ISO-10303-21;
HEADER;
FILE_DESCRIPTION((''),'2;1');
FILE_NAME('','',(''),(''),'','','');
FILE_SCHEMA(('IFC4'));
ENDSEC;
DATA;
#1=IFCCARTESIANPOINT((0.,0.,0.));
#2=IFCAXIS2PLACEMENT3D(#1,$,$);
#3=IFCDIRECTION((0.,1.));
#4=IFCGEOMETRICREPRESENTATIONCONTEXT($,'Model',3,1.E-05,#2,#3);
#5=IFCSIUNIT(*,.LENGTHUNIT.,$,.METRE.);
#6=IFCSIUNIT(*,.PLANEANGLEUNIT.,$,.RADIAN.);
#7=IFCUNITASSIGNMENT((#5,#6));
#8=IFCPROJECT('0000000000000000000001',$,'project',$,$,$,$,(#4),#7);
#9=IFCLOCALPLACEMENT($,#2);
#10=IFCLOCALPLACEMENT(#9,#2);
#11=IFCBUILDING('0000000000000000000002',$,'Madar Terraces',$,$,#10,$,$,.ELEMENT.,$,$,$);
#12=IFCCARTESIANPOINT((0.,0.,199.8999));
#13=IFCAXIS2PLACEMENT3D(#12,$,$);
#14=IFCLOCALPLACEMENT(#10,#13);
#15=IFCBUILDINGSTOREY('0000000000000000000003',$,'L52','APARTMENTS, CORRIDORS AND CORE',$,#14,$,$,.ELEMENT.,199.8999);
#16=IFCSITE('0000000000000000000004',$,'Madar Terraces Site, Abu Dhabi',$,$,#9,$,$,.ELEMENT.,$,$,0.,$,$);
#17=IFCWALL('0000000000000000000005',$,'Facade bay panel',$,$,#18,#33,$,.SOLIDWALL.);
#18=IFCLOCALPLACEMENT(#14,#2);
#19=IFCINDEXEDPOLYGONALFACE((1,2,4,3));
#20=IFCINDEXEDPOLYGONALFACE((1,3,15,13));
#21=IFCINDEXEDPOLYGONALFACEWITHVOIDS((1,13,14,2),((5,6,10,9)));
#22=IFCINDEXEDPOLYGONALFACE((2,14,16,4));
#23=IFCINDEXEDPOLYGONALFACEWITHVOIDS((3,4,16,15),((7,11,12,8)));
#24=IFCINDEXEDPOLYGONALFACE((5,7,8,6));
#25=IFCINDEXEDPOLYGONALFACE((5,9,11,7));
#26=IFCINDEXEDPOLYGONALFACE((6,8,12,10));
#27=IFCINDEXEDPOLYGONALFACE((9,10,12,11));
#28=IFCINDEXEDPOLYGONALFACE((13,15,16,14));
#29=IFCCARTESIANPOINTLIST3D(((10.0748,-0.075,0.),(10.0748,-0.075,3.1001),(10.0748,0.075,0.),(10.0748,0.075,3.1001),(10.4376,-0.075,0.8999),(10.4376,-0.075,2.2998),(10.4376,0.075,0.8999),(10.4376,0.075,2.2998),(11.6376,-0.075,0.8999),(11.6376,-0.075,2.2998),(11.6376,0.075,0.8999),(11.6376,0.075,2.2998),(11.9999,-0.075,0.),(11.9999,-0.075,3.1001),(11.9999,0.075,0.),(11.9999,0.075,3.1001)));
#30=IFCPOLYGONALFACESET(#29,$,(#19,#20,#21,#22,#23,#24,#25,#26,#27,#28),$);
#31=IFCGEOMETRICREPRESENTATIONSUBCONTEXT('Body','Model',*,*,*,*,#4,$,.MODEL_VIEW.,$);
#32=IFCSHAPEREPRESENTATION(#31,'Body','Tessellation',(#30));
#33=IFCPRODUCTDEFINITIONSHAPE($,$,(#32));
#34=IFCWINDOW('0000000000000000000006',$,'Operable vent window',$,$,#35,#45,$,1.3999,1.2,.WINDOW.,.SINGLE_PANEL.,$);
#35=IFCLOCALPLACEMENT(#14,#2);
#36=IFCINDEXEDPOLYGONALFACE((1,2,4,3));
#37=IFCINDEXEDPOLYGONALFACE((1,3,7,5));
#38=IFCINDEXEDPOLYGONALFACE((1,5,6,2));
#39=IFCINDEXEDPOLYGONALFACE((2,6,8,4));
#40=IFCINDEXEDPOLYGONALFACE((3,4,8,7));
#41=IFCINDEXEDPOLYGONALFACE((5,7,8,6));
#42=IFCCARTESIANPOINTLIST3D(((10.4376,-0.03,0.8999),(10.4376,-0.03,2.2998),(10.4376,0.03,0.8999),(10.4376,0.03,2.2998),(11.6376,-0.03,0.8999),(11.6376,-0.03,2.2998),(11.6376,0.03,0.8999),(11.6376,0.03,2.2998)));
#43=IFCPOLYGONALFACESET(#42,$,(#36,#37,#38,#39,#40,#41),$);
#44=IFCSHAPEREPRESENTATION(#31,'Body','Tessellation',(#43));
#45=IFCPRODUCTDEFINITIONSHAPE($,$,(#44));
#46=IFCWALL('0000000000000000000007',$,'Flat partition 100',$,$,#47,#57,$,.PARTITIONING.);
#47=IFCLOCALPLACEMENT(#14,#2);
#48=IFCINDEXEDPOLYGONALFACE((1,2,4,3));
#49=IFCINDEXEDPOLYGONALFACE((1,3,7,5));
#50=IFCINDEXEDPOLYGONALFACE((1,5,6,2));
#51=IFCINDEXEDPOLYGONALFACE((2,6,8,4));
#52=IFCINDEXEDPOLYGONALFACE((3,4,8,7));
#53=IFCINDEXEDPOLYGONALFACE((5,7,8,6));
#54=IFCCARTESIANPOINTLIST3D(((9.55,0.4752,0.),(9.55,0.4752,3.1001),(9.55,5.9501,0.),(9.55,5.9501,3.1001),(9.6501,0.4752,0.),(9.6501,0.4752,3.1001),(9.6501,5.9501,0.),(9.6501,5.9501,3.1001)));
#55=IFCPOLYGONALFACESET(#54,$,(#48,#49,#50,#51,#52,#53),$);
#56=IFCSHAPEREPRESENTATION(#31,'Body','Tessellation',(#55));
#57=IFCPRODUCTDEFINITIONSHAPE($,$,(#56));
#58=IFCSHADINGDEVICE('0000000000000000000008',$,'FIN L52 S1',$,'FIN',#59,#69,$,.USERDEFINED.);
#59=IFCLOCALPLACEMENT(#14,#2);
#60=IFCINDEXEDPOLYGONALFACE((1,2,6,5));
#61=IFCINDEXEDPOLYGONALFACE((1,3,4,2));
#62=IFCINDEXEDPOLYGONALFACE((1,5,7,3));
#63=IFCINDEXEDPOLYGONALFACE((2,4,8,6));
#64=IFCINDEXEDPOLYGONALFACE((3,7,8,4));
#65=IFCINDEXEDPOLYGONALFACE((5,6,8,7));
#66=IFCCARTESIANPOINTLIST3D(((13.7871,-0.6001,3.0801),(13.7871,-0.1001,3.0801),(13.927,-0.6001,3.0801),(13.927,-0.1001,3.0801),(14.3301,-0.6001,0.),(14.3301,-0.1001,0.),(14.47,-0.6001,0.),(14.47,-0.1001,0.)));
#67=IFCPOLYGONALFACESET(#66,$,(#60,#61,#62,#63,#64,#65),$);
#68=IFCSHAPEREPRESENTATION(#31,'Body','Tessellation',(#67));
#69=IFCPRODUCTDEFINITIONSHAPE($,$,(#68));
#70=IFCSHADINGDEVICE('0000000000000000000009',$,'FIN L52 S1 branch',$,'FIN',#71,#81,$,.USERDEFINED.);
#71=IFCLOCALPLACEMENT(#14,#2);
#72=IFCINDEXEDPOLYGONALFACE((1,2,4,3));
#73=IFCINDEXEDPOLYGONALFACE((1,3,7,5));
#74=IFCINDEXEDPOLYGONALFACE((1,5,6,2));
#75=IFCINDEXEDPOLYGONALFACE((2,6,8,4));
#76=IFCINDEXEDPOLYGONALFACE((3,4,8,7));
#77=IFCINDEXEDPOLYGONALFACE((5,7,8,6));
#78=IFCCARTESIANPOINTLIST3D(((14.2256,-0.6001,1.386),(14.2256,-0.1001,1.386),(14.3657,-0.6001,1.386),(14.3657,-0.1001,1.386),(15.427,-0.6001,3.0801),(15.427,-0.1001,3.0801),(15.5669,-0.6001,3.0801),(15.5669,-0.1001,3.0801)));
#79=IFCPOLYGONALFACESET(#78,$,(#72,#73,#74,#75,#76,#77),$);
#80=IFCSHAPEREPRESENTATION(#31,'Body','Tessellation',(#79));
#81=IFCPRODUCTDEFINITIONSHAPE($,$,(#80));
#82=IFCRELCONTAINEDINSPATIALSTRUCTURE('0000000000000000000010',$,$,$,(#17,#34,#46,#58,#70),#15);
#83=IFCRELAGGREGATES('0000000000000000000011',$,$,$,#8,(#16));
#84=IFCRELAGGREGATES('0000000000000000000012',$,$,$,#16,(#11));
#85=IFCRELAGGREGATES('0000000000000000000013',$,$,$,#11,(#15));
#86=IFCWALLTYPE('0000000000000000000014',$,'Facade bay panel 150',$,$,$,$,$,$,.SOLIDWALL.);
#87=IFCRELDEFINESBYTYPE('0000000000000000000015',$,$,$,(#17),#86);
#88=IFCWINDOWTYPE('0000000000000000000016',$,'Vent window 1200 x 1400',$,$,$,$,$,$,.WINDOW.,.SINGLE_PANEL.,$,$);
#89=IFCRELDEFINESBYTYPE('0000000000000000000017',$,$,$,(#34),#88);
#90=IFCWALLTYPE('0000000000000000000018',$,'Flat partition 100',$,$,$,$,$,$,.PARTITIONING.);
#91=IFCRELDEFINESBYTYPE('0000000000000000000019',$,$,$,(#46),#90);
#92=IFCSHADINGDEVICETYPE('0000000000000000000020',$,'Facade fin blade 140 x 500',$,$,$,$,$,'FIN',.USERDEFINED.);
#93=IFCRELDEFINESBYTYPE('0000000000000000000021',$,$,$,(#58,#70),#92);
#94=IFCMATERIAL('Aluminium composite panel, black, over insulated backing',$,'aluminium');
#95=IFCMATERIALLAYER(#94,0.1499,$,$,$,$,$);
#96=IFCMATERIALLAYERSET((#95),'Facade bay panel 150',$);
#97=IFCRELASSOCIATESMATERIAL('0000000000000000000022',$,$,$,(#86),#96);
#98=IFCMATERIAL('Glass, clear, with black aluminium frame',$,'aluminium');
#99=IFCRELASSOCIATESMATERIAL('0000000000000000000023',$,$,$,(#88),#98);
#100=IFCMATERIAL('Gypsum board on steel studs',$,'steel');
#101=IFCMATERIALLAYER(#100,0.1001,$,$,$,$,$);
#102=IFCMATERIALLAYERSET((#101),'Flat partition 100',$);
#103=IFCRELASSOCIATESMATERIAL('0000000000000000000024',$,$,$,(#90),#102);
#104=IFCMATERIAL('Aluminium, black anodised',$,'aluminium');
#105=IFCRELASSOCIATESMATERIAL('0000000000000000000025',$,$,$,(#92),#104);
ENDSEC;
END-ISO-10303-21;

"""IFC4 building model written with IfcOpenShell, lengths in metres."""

from ifc_helpers import new_model, si_unit, direction, frame, frame_2d, origin, place, context, subcontext, project, spatial, polyline, rectangle, outline, extrude, material, layer, layer_set, type_object, element, fill, save


model = new_model("IFC4")

# Units and contexts
model_context = context("Model", 3, precision=1e-05, world=origin(), true_north=direction((0.0, 1.0)))
body_context = subcontext(model_context, "Body", "Model", "MODEL_VIEW")
ifc_project = project(units=[si_unit("LENGTHUNIT", "METRE"), si_unit("PLANEANGLEUNIT", "RADIAN")], contexts=[model_context])

# Site, building, storey
site_placement = place(None, origin())
site = spatial("IfcSite", under=ifc_project, at=site_placement, Name="Madar Terraces Site, Abu Dhabi", CompositionType="ELEMENT", RefElevation=0.0)
building_placement = place(site_placement, origin())
building = spatial("IfcBuilding", under=site, at=building_placement, Name="Madar Terraces", CompositionType="ELEMENT")
storey_placement = place(building_placement, frame((0.0, 0.0, 199.8999)))
storey = spatial("IfcBuildingStorey", under=building, at=storey_placement, Name="L52", Description="APARTMENTS, CORRIDORS AND CORE", CompositionType="ELEMENT", Elevation=199.8999)

# Wall, opening, window
ifc_material_1 = material(Name="Aluminium composite panel, black, over insulated backing", Category="aluminium")
ifc_layer_1 = layer(ifc_material_1, 0.1499)
ifc_layer_set_1 = layer_set([ifc_layer_1], Name="Facade bay panel 150")
wall_type_1 = type_object("IfcWallType", Name="Facade bay panel 150", PredefinedType="SOLIDWALL", material=ifc_layer_set_1)
wall_1_placement = place(storey_placement, frame((10.075, 0.0, 0.0), z_axis=(0.0, 0.0, 1.0), x_axis=(1.0, 0.0, 0.0)))
wall_1 = element("IfcWall", 1, at=wall_1_placement, inside=storey, type_object=wall_type_1, Name="Facade bay panel", PredefinedType="SOLIDWALL", context=body_context, shape_type="SweptSolid", body=[
    extrude(rectangle(XDim=1.925, YDim=0.1499, at=frame_2d((0.9624, 0.0))), origin(), (0.0, 0.0, 1.0), 3.1001),
])
opening_placement = place(wall_1_placement, frame((0.3625, 0.0, 0.8999)))
opening = element("IfcOpeningElement", 2, at=opening_placement, cuts=wall_1, PredefinedType="OPENING", context=body_context, shape_type="SweptSolid", body=[
    extrude(rectangle(XDim=1.2, YDim=1.3999, at=frame_2d((0.6001, 0.7))), frame((0.0, 0.085, 0.0), z_axis=(0.0, -1.0, 0.0), x_axis=(1.0, 0.0, 0.0)), (0.0, 0.0, 1.0), 0.1699),
])
ifc_material_2 = material(Name="Glass, clear, with black aluminium frame", Category="aluminium")
window_type = type_object("IfcWindowType", Name="Vent window 1200 x 1400", PartitioningType="SINGLE_PANEL", PredefinedType="WINDOW", material=ifc_material_2)
window_placement = place(opening_placement, origin())
window = element("IfcWindow", 3, at=window_placement, inside=storey, type_object=window_type, Name="Operable vent window", OverallHeight=1.3999, OverallWidth=1.2, PartitioningType="SINGLE_PANEL", PredefinedType="WINDOW", context=body_context, shape_type="SweptSolid", body=[
    extrude(rectangle(XDim=1.2, YDim=1.3999, at=frame_2d((0.6001, 0.7))), frame((0.0, 0.03, 0.0), z_axis=(0.0, -1.0, 0.0), x_axis=(1.0, 0.0, 0.0)), (0.0, 0.0, 1.0), 0.0601),
])
fill(opening, window)

# Wall
ifc_material_3 = material(Name="Gypsum board on steel studs", Category="steel")
ifc_layer_2 = layer(ifc_material_3, 0.1001)
ifc_layer_set_2 = layer_set([ifc_layer_2], Name="Flat partition 100")
wall_type_2 = type_object("IfcWallType", Name="Flat partition 100", PredefinedType="PARTITIONING", material=ifc_layer_set_2)
wall_2_placement = place(storey_placement, frame((9.6001, 5.95, 0.0), z_axis=(0.0, 0.0, 1.0), x_axis=(0.0, -1.0, 0.0)))
element("IfcWall", 4, at=wall_2_placement, inside=storey, type_object=wall_type_2, Name="Flat partition 100", PredefinedType="PARTITIONING", context=body_context, shape_type="SweptSolid", body=[
    extrude(rectangle(XDim=5.4749, YDim=0.1001, at=frame_2d((2.7373, 0.0))), origin(), (0.0, 0.0, 1.0), 3.1001),
])

# Shading devices
ifc_material_4 = material(Name="Aluminium, black anodised", Category="aluminium")
shading_device_type = type_object("IfcShadingDeviceType", Name="Facade fin blade 140 x 500", ElementType="FIN", PredefinedType="USERDEFINED", material=ifc_material_4)
shading_device_1_placement = place(storey_placement, frame((14.3301, -0.3501, 0.0), z_axis=(0.0, 0.0, 1.0), x_axis=(1.0, 0.0, 0.0)))
element("IfcShadingDevice", 5, at=shading_device_1_placement, inside=storey, type_object=shading_device_type, Name="FIN L52 S1", ObjectType="FIN", PredefinedType="USERDEFINED", context=body_context, shape_type="SweptSolid", body=[
    extrude(outline(polyline([(0.0, 0.0), (0.1399, 0.0), (-0.4031, 3.0801), (-0.543, 3.0801), (0.0, 0.0)])), frame((0.0, 0.25, 0.0), z_axis=(0.0, -1.0, 0.0), x_axis=(1.0, 0.0, 0.0)), (0.0, 0.0, 1.0), 0.5),
])
shading_device_2_placement = place(storey_placement, frame((14.2256, -0.3501, 1.386), z_axis=(0.0, 0.0, 1.0), x_axis=(1.0, 0.0, 0.0)))
element("IfcShadingDevice", 6, at=shading_device_2_placement, inside=storey, type_object=shading_device_type, Name="FIN L52 S1 branch", ObjectType="FIN", PredefinedType="USERDEFINED", context=body_context, shape_type="SweptSolid", body=[
    extrude(outline(polyline([(0.0, 0.0), (0.1401, 0.0), (1.3413, 1.6941), (1.2014, 1.6941), (0.0, 0.0)])), frame((0.0, 0.25, 0.0), z_axis=(0.0, -1.0, 0.0), x_axis=(1.0, 0.0, 0.0)), (0.0, 0.0, 1.0), 0.5),
])

save(model, "model.ifc")
